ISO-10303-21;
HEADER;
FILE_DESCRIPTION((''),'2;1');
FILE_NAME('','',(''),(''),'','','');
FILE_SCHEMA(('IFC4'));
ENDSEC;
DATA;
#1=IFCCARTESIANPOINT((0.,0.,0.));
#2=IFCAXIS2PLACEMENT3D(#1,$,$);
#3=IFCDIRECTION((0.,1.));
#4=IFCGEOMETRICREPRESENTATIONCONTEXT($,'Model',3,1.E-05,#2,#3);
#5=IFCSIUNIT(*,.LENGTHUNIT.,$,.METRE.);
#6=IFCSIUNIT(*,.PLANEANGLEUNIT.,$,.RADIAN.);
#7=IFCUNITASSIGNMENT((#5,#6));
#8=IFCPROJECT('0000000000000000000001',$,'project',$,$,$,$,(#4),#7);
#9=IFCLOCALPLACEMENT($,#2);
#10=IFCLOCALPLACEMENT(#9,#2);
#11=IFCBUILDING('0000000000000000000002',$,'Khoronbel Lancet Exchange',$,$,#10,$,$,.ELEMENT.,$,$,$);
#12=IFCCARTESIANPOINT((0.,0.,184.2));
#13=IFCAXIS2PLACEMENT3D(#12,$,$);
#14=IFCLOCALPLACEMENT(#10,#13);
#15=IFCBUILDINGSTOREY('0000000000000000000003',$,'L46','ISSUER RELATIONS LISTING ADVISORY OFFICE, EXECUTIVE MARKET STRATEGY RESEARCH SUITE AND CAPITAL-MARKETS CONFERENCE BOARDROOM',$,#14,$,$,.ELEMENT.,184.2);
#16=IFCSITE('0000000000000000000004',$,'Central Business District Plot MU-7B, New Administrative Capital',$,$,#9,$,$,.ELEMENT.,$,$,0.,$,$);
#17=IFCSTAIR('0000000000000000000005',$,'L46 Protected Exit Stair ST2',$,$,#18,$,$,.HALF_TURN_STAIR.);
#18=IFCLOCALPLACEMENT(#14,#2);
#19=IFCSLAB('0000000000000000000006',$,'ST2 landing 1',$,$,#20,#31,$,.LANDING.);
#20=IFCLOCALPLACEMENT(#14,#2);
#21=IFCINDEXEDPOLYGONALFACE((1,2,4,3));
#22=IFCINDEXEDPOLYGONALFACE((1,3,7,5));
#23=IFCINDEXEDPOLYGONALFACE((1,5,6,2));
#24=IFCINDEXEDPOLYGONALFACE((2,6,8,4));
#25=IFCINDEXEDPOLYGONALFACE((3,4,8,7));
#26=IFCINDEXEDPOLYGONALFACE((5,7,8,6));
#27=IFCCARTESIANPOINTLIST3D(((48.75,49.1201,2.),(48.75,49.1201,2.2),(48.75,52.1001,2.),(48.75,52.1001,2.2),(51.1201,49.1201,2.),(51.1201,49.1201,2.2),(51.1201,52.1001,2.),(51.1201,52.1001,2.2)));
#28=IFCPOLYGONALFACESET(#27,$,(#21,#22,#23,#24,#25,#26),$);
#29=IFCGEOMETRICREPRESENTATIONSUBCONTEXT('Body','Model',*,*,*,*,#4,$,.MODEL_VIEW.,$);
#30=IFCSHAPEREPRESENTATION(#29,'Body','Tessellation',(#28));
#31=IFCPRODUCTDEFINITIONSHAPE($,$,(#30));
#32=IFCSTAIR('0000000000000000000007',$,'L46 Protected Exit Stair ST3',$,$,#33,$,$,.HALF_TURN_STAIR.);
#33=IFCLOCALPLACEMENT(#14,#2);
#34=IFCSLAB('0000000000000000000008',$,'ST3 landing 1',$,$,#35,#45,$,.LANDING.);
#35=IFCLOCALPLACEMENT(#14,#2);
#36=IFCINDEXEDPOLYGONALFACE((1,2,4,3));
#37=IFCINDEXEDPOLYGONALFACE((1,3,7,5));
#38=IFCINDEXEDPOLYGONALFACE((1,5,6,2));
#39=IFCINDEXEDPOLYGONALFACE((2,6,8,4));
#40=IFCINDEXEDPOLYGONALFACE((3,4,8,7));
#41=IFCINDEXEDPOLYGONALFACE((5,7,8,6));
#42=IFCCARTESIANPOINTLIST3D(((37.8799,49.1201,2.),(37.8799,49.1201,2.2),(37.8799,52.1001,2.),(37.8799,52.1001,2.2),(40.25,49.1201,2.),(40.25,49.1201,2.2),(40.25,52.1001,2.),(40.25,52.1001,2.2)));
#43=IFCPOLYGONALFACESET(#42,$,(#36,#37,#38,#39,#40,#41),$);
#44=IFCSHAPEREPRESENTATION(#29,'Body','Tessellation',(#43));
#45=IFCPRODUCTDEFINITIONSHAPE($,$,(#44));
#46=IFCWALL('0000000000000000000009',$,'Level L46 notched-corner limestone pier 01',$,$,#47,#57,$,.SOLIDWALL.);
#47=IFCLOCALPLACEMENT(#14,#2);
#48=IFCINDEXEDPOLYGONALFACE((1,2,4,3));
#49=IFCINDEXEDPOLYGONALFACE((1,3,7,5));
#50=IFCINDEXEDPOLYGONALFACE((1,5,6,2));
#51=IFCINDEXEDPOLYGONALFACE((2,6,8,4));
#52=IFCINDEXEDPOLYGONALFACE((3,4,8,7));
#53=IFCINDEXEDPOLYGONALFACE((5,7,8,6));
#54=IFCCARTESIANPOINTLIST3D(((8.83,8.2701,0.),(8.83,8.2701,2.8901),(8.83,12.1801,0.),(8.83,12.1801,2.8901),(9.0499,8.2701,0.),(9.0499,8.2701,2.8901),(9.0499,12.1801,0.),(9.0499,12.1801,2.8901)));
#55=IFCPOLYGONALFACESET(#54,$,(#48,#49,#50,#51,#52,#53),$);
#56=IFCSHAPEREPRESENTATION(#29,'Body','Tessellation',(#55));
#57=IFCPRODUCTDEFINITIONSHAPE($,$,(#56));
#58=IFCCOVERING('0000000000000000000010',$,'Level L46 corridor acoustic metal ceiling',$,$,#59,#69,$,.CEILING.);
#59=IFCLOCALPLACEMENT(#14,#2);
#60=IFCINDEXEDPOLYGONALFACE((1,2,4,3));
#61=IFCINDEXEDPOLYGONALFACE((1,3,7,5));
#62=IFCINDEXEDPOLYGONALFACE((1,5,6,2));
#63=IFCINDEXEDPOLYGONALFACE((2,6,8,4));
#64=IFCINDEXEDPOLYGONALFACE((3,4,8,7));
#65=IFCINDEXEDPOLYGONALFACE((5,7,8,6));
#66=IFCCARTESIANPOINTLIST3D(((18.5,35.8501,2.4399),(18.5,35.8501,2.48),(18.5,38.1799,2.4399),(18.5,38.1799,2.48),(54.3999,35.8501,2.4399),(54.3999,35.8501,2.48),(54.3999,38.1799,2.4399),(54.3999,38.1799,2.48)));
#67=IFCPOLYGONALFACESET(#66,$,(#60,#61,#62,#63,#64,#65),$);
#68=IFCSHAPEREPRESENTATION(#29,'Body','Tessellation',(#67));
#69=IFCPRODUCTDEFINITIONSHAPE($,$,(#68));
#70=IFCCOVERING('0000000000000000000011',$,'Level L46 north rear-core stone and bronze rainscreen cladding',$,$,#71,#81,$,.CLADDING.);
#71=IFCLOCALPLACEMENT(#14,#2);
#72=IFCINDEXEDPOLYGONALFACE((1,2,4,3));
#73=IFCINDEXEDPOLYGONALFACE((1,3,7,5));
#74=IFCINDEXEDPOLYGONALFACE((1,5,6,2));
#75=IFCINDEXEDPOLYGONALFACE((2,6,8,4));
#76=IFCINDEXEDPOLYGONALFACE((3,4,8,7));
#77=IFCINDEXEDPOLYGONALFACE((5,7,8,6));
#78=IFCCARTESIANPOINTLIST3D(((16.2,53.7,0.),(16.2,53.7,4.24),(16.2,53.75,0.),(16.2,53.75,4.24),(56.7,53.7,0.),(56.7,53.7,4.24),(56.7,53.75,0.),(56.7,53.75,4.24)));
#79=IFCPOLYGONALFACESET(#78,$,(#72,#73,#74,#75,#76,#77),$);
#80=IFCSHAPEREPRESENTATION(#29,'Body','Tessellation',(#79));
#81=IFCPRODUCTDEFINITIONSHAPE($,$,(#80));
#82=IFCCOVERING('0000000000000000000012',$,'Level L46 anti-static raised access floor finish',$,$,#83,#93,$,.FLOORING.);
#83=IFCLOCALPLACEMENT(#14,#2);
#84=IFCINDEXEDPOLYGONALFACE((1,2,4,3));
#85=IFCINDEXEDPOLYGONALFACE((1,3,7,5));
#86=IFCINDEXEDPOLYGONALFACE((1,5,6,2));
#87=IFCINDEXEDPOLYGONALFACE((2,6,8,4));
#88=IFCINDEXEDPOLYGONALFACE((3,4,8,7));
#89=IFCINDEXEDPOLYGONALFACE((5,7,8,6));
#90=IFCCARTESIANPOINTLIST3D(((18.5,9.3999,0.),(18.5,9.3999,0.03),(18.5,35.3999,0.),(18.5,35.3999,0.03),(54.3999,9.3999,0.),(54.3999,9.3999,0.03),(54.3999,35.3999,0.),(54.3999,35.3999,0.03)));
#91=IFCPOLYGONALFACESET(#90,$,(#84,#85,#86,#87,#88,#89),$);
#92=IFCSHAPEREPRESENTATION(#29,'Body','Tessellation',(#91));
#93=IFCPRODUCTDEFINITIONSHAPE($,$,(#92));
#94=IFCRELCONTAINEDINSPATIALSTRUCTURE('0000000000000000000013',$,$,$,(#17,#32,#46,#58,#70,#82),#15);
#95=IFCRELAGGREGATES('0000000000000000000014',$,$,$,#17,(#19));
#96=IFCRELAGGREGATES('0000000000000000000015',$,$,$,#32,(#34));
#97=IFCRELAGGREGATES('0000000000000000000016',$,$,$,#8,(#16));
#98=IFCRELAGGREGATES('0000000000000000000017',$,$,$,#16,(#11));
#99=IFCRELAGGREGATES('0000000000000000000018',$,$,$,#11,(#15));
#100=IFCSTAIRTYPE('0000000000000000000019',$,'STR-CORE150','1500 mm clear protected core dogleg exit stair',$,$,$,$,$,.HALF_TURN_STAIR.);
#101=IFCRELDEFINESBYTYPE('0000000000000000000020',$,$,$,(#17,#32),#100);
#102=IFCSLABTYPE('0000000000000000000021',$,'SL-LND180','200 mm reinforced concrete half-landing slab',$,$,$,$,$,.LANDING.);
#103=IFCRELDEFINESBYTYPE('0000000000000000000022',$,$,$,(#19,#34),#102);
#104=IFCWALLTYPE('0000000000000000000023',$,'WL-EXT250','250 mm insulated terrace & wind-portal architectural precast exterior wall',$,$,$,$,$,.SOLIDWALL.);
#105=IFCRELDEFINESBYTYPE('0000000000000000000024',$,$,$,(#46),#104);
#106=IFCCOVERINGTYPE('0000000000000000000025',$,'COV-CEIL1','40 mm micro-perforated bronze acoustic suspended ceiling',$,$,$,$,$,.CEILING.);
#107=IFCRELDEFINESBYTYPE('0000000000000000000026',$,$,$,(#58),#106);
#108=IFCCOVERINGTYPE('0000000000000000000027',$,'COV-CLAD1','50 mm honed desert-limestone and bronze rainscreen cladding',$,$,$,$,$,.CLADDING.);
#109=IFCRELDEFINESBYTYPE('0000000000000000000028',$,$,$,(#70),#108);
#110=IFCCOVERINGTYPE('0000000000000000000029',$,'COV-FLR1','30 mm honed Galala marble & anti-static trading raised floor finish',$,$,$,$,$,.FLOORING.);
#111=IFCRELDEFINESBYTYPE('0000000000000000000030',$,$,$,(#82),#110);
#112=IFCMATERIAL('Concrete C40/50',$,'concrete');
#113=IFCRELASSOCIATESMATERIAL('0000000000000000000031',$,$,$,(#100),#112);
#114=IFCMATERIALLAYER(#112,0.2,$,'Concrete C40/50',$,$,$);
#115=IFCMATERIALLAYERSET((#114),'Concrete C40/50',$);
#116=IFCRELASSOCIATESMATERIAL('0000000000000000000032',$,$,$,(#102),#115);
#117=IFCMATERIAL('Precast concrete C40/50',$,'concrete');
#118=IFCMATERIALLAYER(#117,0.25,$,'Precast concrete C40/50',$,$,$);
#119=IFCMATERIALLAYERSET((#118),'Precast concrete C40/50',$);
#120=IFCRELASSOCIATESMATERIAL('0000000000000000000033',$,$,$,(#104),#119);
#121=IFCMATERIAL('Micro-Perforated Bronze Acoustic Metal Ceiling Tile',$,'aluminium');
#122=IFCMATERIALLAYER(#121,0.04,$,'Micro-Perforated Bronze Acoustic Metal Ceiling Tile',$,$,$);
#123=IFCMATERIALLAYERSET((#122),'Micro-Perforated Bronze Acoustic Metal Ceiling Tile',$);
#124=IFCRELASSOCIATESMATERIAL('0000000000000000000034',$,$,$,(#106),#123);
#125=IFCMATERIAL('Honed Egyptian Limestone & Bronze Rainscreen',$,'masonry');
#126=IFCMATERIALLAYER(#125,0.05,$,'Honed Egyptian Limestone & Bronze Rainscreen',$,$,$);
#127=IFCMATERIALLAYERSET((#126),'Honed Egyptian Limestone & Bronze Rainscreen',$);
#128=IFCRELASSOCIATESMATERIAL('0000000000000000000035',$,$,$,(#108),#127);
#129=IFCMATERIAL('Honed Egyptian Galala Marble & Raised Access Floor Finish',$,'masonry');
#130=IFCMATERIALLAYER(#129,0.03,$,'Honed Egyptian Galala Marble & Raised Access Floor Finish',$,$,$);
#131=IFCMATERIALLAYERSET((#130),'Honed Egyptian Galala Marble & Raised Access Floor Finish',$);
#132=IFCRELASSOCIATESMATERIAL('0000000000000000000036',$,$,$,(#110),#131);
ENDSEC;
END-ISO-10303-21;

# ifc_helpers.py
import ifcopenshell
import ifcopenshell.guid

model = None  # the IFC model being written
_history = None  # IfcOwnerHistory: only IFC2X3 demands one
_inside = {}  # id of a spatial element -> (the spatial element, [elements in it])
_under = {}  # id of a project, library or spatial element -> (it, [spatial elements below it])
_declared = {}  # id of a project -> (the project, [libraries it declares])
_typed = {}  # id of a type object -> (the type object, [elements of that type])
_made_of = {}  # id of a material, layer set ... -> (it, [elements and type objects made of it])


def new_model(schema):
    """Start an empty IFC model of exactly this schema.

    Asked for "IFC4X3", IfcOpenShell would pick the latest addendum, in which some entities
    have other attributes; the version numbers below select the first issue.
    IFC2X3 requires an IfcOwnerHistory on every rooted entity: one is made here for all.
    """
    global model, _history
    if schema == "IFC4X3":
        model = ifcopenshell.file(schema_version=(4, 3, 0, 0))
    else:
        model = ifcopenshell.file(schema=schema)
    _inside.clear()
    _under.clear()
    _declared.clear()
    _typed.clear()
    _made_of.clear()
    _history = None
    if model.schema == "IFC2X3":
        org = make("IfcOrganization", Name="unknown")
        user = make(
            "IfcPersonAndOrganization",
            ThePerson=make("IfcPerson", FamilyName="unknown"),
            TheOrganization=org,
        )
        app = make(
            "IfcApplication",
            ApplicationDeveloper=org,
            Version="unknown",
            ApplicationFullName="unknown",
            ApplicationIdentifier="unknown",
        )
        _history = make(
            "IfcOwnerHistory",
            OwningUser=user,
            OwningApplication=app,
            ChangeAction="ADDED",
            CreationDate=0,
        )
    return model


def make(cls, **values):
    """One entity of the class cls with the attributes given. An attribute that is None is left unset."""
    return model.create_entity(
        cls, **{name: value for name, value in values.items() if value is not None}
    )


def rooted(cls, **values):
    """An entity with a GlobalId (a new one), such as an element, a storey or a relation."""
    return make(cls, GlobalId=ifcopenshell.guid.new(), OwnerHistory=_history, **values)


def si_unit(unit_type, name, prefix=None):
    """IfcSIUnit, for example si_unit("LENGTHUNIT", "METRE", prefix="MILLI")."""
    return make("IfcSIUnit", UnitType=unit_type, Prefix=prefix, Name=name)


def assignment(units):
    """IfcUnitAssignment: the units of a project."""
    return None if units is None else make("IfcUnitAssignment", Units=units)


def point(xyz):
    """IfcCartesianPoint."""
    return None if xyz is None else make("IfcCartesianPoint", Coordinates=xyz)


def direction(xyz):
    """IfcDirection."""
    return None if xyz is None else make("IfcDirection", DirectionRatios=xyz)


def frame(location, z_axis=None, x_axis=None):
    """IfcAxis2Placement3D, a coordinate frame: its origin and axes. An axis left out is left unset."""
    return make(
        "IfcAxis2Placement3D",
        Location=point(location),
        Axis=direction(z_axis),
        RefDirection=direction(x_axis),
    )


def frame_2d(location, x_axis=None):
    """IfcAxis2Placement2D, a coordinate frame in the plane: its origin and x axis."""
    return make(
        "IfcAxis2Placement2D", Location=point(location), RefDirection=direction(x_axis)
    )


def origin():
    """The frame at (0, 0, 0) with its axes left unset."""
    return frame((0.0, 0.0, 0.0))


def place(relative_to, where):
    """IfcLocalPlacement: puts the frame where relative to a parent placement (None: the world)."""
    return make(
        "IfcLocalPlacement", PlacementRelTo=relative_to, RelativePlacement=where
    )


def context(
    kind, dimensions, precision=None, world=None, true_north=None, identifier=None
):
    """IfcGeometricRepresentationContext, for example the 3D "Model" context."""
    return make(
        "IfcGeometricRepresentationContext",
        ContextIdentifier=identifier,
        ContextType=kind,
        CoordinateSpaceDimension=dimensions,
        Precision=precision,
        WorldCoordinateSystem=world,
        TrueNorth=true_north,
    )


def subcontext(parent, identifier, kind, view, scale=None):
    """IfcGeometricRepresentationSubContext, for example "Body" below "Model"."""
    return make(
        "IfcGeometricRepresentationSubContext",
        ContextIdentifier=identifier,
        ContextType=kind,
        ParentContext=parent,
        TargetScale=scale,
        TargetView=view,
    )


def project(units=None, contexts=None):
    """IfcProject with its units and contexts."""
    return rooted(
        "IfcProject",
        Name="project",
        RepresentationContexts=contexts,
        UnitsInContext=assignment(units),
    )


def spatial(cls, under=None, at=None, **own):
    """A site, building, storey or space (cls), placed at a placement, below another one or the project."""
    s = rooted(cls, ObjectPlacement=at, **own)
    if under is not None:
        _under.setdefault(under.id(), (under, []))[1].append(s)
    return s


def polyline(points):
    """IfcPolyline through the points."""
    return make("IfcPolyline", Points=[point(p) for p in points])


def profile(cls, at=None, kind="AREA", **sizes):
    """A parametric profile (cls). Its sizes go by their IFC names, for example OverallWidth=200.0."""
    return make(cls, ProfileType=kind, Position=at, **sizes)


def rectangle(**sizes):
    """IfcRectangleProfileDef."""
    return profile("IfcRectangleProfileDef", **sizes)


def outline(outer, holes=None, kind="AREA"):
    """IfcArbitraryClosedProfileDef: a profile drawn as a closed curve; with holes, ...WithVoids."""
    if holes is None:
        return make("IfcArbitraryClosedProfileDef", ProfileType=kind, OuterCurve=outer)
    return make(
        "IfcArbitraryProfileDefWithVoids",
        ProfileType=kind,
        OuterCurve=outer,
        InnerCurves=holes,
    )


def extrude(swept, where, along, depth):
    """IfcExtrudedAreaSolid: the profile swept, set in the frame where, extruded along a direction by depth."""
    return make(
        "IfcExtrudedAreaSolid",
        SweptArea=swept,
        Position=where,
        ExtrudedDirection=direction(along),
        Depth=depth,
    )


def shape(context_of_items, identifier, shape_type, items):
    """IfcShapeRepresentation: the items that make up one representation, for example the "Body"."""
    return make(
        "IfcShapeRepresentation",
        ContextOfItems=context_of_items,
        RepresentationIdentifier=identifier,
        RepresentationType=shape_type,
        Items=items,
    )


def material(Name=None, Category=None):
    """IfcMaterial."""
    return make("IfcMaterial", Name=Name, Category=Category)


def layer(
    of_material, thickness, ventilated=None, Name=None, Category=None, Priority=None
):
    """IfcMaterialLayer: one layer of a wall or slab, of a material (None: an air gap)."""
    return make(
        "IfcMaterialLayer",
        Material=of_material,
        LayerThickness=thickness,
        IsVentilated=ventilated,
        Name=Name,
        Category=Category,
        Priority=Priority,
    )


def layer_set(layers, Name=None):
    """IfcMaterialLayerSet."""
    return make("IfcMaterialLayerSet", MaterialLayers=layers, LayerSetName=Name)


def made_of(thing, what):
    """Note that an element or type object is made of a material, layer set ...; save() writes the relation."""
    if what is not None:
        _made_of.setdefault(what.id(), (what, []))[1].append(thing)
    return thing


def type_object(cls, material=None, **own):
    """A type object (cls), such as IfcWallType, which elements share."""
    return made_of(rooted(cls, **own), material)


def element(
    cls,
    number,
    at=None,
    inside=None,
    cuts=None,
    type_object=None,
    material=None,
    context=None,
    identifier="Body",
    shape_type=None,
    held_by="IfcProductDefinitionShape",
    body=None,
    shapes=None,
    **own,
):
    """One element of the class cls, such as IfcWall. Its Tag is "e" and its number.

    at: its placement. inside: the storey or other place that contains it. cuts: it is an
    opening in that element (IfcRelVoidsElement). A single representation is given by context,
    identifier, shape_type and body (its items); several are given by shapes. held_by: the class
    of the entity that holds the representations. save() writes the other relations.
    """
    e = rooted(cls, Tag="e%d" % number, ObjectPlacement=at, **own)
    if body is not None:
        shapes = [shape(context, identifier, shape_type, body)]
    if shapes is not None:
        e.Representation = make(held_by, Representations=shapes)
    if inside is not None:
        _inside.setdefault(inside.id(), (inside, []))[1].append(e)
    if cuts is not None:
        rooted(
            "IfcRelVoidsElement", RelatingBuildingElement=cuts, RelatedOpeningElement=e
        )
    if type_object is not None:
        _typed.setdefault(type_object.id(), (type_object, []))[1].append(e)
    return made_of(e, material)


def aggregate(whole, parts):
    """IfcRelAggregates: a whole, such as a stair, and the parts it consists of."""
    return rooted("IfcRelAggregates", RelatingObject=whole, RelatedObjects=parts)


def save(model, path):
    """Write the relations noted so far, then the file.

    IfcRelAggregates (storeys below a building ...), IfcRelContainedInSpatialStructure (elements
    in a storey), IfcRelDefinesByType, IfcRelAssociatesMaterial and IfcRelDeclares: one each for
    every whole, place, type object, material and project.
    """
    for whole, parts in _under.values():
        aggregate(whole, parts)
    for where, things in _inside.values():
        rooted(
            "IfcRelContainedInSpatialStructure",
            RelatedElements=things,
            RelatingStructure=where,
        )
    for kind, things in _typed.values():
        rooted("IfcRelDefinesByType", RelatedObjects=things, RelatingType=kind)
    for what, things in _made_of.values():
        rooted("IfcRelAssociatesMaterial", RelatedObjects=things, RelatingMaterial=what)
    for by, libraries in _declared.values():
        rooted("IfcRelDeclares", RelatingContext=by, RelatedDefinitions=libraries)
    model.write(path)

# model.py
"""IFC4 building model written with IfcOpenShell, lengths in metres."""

from ifc_helpers import new_model, si_unit, direction, frame, frame_2d, origin, place, context, subcontext, project, spatial, polyline, rectangle, outline, extrude, material, layer, layer_set, type_object, element, aggregate, save


model = new_model("IFC4")

# Units and contexts
model_context = context("Model", 3, precision=1e-05, world=origin(), true_north=direction((0.0, 1.0)))
body_context = subcontext(model_context, "Body", "Model", "MODEL_VIEW")
ifc_project = project(units=[si_unit("LENGTHUNIT", "METRE"), si_unit("PLANEANGLEUNIT", "RADIAN")], contexts=[model_context])

# Site, building, storey
site_placement = place(None, origin())
site = spatial("IfcSite", under=ifc_project, at=site_placement, Name="Central Business District Plot MU-7B, New Administrative Capital", CompositionType="ELEMENT", RefElevation=0.0)
building_placement = place(site_placement, origin())
building = spatial("IfcBuilding", under=site, at=building_placement, Name="Khoronbel Lancet Exchange", CompositionType="ELEMENT")
storey_placement = place(building_placement, frame((0.0, 0.0, 184.2)))
storey = spatial("IfcBuildingStorey", under=building, at=storey_placement, Name="L46", Description="ISSUER RELATIONS LISTING ADVISORY OFFICE, EXECUTIVE MARKET STRATEGY RESEARCH SUITE AND CAPITAL-MARKETS CONFERENCE BOARDROOM", CompositionType="ELEMENT", Elevation=184.2)

# Shared definitions
ifc_material_1 = material(Name="Concrete C40/50", Category="concrete")

# Stairs, slabs
stair_type = type_object("IfcStairType", Name="STR-CORE150", Description="1500 mm clear protected core dogleg exit stair", PredefinedType="HALF_TURN_STAIR", material=ifc_material_1)
ifc_layer_1 = layer(ifc_material_1, 0.2, Name="Concrete C40/50")
ifc_layer_set_1 = layer_set([ifc_layer_1], Name="Concrete C40/50")
slab_type_1 = type_object("IfcSlabType", Name="SL-LND180", Description="200 mm reinforced concrete half-landing slab", PredefinedType="LANDING", material=ifc_layer_set_1)
stair_1_placement = place(storey_placement, origin())
stair_1 = element("IfcStair", 1, at=stair_1_placement, inside=storey, type_object=stair_type, Name="L46 Protected Exit Stair ST2", PredefinedType="HALF_TURN_STAIR")
slab_1_placement = place(storey_placement, frame((0.0, 0.0, 2.0)))
slab_1 = element("IfcSlab", 2, at=slab_1_placement, type_object=slab_type_1, Name="ST2 landing 1", PredefinedType="LANDING", context=body_context, shape_type="SweptSolid", body=[
    extrude(outline(polyline([(51.1201, 52.1001), (48.75, 52.1001), (48.75, 49.1201), (51.1201, 49.1201), (51.1201, 52.1001)])), origin(), (0.0, 0.0, 1.0), 0.2),
])
aggregate(stair_1, [slab_1])
stair_2_placement = place(storey_placement, origin())
stair_2 = element("IfcStair", 3, at=stair_2_placement, inside=storey, type_object=stair_type, Name="L46 Protected Exit Stair ST3", PredefinedType="HALF_TURN_STAIR")
slab_2_placement = place(storey_placement, frame((0.0, 0.0, 2.0)))
slab_2 = element("IfcSlab", 4, at=slab_2_placement, type_object=slab_type_1, Name="ST3 landing 1", PredefinedType="LANDING", context=body_context, shape_type="SweptSolid", body=[
    extrude(outline(polyline([(37.8799, 49.1201), (40.25, 49.1201), (40.25, 52.1001), (37.8799, 52.1001), (37.8799, 49.1201)])), origin(), (0.0, 0.0, 1.0), 0.2),
])
aggregate(stair_2, [slab_2])

# Wall
ifc_material_2 = material(Name="Precast concrete C40/50", Category="concrete")
ifc_layer_2 = layer(ifc_material_2, 0.25, Name="Precast concrete C40/50")
ifc_layer_set_2 = layer_set([ifc_layer_2], Name="Precast concrete C40/50")
wall_type = type_object("IfcWallType", Name="WL-EXT250", Description="250 mm insulated terrace & wind-portal architectural precast exterior wall", PredefinedType="SOLIDWALL", material=ifc_layer_set_2)
wall_placement = place(storey_placement, frame((8.9399, 8.27, 0.0), z_axis=(0.0, 0.0, 1.0), x_axis=(0.0, 1.0, 0.0)))
element("IfcWall", 5, at=wall_placement, inside=storey, type_object=wall_type, Name="Level L46 notched-corner limestone pier 01", PredefinedType="SOLIDWALL", context=body_context, shape_type="SweptSolid", body=[
    extrude(rectangle(XDim=3.9099, YDim=0.22, at=frame_2d((1.9551, 0.0))), origin(), (0.0, 0.0, 1.0), 2.8901),
])

# Coverings
ifc_material_3 = material(Name="Micro-Perforated Bronze Acoustic Metal Ceiling Tile", Category="aluminium")
ifc_layer_3 = layer(ifc_material_3, 0.04, Name="Micro-Perforated Bronze Acoustic Metal Ceiling Tile")
ifc_layer_set_3 = layer_set([ifc_layer_3], Name="Micro-Perforated Bronze Acoustic Metal Ceiling Tile")
covering_type_1 = type_object("IfcCoveringType", Name="COV-CEIL1", Description="40 mm micro-perforated bronze acoustic suspended ceiling", PredefinedType="CEILING", material=ifc_layer_set_3)
covering_1_placement = place(storey_placement, frame((0.0, 0.0, 2.4399)))
element("IfcCovering", 6, at=covering_1_placement, inside=storey, type_object=covering_type_1, Name="Level L46 corridor acoustic metal ceiling", PredefinedType="CEILING", context=body_context, shape_type="SweptSolid", body=[
    extrude(outline(polyline([(18.5, 35.8501), (54.3999, 35.8501), (54.3999, 38.1799), (18.5, 38.1799), (18.5, 35.8501)])), origin(), (0.0, 0.0, 1.0), 0.04),
])
ifc_material_4 = material(Name="Honed Egyptian Limestone & Bronze Rainscreen", Category="masonry")
ifc_layer_4 = layer(ifc_material_4, 0.05, Name="Honed Egyptian Limestone & Bronze Rainscreen")
ifc_layer_set_4 = layer_set([ifc_layer_4], Name="Honed Egyptian Limestone & Bronze Rainscreen")
covering_type_2 = type_object("IfcCoveringType", Name="COV-CLAD1", Description="50 mm honed desert-limestone and bronze rainscreen cladding", PredefinedType="CLADDING", material=ifc_layer_set_4)
covering_2_placement = place(storey_placement, origin())
element("IfcCovering", 7, at=covering_2_placement, inside=storey, type_object=covering_type_2, Name="Level L46 north rear-core stone and bronze rainscreen cladding", PredefinedType="CLADDING", context=body_context, shape_type="SweptSolid", body=[
    extrude(outline(polyline([(16.2, 53.7), (56.7, 53.7), (56.7, 53.75), (16.2, 53.75), (16.2, 53.7)])), origin(), (0.0, 0.0, 1.0), 4.24),
])
ifc_material_5 = material(Name="Honed Egyptian Galala Marble & Raised Access Floor Finish", Category="masonry")
ifc_layer_5 = layer(ifc_material_5, 0.03, Name="Honed Egyptian Galala Marble & Raised Access Floor Finish")
ifc_layer_set_5 = layer_set([ifc_layer_5], Name="Honed Egyptian Galala Marble & Raised Access Floor Finish")
covering_type_3 = type_object("IfcCoveringType", Name="COV-FLR1", Description="30 mm honed Galala marble & anti-static trading raised floor finish", PredefinedType="FLOORING", material=ifc_layer_set_5)
covering_3_placement = place(storey_placement, origin())
element("IfcCovering", 8, at=covering_3_placement, inside=storey, type_object=covering_type_3, Name="Level L46 anti-static raised access floor finish", PredefinedType="FLOORING", context=body_context, shape_type="SweptSolid", body=[
    extrude(outline(polyline([(18.5, 9.3999), (54.3999, 9.3999), (54.3999, 35.3999), (18.5, 35.3999), (18.5, 9.3999)])), origin(), (0.0, 0.0, 1.0), 0.03),
])

save(model, "model.ifc")
